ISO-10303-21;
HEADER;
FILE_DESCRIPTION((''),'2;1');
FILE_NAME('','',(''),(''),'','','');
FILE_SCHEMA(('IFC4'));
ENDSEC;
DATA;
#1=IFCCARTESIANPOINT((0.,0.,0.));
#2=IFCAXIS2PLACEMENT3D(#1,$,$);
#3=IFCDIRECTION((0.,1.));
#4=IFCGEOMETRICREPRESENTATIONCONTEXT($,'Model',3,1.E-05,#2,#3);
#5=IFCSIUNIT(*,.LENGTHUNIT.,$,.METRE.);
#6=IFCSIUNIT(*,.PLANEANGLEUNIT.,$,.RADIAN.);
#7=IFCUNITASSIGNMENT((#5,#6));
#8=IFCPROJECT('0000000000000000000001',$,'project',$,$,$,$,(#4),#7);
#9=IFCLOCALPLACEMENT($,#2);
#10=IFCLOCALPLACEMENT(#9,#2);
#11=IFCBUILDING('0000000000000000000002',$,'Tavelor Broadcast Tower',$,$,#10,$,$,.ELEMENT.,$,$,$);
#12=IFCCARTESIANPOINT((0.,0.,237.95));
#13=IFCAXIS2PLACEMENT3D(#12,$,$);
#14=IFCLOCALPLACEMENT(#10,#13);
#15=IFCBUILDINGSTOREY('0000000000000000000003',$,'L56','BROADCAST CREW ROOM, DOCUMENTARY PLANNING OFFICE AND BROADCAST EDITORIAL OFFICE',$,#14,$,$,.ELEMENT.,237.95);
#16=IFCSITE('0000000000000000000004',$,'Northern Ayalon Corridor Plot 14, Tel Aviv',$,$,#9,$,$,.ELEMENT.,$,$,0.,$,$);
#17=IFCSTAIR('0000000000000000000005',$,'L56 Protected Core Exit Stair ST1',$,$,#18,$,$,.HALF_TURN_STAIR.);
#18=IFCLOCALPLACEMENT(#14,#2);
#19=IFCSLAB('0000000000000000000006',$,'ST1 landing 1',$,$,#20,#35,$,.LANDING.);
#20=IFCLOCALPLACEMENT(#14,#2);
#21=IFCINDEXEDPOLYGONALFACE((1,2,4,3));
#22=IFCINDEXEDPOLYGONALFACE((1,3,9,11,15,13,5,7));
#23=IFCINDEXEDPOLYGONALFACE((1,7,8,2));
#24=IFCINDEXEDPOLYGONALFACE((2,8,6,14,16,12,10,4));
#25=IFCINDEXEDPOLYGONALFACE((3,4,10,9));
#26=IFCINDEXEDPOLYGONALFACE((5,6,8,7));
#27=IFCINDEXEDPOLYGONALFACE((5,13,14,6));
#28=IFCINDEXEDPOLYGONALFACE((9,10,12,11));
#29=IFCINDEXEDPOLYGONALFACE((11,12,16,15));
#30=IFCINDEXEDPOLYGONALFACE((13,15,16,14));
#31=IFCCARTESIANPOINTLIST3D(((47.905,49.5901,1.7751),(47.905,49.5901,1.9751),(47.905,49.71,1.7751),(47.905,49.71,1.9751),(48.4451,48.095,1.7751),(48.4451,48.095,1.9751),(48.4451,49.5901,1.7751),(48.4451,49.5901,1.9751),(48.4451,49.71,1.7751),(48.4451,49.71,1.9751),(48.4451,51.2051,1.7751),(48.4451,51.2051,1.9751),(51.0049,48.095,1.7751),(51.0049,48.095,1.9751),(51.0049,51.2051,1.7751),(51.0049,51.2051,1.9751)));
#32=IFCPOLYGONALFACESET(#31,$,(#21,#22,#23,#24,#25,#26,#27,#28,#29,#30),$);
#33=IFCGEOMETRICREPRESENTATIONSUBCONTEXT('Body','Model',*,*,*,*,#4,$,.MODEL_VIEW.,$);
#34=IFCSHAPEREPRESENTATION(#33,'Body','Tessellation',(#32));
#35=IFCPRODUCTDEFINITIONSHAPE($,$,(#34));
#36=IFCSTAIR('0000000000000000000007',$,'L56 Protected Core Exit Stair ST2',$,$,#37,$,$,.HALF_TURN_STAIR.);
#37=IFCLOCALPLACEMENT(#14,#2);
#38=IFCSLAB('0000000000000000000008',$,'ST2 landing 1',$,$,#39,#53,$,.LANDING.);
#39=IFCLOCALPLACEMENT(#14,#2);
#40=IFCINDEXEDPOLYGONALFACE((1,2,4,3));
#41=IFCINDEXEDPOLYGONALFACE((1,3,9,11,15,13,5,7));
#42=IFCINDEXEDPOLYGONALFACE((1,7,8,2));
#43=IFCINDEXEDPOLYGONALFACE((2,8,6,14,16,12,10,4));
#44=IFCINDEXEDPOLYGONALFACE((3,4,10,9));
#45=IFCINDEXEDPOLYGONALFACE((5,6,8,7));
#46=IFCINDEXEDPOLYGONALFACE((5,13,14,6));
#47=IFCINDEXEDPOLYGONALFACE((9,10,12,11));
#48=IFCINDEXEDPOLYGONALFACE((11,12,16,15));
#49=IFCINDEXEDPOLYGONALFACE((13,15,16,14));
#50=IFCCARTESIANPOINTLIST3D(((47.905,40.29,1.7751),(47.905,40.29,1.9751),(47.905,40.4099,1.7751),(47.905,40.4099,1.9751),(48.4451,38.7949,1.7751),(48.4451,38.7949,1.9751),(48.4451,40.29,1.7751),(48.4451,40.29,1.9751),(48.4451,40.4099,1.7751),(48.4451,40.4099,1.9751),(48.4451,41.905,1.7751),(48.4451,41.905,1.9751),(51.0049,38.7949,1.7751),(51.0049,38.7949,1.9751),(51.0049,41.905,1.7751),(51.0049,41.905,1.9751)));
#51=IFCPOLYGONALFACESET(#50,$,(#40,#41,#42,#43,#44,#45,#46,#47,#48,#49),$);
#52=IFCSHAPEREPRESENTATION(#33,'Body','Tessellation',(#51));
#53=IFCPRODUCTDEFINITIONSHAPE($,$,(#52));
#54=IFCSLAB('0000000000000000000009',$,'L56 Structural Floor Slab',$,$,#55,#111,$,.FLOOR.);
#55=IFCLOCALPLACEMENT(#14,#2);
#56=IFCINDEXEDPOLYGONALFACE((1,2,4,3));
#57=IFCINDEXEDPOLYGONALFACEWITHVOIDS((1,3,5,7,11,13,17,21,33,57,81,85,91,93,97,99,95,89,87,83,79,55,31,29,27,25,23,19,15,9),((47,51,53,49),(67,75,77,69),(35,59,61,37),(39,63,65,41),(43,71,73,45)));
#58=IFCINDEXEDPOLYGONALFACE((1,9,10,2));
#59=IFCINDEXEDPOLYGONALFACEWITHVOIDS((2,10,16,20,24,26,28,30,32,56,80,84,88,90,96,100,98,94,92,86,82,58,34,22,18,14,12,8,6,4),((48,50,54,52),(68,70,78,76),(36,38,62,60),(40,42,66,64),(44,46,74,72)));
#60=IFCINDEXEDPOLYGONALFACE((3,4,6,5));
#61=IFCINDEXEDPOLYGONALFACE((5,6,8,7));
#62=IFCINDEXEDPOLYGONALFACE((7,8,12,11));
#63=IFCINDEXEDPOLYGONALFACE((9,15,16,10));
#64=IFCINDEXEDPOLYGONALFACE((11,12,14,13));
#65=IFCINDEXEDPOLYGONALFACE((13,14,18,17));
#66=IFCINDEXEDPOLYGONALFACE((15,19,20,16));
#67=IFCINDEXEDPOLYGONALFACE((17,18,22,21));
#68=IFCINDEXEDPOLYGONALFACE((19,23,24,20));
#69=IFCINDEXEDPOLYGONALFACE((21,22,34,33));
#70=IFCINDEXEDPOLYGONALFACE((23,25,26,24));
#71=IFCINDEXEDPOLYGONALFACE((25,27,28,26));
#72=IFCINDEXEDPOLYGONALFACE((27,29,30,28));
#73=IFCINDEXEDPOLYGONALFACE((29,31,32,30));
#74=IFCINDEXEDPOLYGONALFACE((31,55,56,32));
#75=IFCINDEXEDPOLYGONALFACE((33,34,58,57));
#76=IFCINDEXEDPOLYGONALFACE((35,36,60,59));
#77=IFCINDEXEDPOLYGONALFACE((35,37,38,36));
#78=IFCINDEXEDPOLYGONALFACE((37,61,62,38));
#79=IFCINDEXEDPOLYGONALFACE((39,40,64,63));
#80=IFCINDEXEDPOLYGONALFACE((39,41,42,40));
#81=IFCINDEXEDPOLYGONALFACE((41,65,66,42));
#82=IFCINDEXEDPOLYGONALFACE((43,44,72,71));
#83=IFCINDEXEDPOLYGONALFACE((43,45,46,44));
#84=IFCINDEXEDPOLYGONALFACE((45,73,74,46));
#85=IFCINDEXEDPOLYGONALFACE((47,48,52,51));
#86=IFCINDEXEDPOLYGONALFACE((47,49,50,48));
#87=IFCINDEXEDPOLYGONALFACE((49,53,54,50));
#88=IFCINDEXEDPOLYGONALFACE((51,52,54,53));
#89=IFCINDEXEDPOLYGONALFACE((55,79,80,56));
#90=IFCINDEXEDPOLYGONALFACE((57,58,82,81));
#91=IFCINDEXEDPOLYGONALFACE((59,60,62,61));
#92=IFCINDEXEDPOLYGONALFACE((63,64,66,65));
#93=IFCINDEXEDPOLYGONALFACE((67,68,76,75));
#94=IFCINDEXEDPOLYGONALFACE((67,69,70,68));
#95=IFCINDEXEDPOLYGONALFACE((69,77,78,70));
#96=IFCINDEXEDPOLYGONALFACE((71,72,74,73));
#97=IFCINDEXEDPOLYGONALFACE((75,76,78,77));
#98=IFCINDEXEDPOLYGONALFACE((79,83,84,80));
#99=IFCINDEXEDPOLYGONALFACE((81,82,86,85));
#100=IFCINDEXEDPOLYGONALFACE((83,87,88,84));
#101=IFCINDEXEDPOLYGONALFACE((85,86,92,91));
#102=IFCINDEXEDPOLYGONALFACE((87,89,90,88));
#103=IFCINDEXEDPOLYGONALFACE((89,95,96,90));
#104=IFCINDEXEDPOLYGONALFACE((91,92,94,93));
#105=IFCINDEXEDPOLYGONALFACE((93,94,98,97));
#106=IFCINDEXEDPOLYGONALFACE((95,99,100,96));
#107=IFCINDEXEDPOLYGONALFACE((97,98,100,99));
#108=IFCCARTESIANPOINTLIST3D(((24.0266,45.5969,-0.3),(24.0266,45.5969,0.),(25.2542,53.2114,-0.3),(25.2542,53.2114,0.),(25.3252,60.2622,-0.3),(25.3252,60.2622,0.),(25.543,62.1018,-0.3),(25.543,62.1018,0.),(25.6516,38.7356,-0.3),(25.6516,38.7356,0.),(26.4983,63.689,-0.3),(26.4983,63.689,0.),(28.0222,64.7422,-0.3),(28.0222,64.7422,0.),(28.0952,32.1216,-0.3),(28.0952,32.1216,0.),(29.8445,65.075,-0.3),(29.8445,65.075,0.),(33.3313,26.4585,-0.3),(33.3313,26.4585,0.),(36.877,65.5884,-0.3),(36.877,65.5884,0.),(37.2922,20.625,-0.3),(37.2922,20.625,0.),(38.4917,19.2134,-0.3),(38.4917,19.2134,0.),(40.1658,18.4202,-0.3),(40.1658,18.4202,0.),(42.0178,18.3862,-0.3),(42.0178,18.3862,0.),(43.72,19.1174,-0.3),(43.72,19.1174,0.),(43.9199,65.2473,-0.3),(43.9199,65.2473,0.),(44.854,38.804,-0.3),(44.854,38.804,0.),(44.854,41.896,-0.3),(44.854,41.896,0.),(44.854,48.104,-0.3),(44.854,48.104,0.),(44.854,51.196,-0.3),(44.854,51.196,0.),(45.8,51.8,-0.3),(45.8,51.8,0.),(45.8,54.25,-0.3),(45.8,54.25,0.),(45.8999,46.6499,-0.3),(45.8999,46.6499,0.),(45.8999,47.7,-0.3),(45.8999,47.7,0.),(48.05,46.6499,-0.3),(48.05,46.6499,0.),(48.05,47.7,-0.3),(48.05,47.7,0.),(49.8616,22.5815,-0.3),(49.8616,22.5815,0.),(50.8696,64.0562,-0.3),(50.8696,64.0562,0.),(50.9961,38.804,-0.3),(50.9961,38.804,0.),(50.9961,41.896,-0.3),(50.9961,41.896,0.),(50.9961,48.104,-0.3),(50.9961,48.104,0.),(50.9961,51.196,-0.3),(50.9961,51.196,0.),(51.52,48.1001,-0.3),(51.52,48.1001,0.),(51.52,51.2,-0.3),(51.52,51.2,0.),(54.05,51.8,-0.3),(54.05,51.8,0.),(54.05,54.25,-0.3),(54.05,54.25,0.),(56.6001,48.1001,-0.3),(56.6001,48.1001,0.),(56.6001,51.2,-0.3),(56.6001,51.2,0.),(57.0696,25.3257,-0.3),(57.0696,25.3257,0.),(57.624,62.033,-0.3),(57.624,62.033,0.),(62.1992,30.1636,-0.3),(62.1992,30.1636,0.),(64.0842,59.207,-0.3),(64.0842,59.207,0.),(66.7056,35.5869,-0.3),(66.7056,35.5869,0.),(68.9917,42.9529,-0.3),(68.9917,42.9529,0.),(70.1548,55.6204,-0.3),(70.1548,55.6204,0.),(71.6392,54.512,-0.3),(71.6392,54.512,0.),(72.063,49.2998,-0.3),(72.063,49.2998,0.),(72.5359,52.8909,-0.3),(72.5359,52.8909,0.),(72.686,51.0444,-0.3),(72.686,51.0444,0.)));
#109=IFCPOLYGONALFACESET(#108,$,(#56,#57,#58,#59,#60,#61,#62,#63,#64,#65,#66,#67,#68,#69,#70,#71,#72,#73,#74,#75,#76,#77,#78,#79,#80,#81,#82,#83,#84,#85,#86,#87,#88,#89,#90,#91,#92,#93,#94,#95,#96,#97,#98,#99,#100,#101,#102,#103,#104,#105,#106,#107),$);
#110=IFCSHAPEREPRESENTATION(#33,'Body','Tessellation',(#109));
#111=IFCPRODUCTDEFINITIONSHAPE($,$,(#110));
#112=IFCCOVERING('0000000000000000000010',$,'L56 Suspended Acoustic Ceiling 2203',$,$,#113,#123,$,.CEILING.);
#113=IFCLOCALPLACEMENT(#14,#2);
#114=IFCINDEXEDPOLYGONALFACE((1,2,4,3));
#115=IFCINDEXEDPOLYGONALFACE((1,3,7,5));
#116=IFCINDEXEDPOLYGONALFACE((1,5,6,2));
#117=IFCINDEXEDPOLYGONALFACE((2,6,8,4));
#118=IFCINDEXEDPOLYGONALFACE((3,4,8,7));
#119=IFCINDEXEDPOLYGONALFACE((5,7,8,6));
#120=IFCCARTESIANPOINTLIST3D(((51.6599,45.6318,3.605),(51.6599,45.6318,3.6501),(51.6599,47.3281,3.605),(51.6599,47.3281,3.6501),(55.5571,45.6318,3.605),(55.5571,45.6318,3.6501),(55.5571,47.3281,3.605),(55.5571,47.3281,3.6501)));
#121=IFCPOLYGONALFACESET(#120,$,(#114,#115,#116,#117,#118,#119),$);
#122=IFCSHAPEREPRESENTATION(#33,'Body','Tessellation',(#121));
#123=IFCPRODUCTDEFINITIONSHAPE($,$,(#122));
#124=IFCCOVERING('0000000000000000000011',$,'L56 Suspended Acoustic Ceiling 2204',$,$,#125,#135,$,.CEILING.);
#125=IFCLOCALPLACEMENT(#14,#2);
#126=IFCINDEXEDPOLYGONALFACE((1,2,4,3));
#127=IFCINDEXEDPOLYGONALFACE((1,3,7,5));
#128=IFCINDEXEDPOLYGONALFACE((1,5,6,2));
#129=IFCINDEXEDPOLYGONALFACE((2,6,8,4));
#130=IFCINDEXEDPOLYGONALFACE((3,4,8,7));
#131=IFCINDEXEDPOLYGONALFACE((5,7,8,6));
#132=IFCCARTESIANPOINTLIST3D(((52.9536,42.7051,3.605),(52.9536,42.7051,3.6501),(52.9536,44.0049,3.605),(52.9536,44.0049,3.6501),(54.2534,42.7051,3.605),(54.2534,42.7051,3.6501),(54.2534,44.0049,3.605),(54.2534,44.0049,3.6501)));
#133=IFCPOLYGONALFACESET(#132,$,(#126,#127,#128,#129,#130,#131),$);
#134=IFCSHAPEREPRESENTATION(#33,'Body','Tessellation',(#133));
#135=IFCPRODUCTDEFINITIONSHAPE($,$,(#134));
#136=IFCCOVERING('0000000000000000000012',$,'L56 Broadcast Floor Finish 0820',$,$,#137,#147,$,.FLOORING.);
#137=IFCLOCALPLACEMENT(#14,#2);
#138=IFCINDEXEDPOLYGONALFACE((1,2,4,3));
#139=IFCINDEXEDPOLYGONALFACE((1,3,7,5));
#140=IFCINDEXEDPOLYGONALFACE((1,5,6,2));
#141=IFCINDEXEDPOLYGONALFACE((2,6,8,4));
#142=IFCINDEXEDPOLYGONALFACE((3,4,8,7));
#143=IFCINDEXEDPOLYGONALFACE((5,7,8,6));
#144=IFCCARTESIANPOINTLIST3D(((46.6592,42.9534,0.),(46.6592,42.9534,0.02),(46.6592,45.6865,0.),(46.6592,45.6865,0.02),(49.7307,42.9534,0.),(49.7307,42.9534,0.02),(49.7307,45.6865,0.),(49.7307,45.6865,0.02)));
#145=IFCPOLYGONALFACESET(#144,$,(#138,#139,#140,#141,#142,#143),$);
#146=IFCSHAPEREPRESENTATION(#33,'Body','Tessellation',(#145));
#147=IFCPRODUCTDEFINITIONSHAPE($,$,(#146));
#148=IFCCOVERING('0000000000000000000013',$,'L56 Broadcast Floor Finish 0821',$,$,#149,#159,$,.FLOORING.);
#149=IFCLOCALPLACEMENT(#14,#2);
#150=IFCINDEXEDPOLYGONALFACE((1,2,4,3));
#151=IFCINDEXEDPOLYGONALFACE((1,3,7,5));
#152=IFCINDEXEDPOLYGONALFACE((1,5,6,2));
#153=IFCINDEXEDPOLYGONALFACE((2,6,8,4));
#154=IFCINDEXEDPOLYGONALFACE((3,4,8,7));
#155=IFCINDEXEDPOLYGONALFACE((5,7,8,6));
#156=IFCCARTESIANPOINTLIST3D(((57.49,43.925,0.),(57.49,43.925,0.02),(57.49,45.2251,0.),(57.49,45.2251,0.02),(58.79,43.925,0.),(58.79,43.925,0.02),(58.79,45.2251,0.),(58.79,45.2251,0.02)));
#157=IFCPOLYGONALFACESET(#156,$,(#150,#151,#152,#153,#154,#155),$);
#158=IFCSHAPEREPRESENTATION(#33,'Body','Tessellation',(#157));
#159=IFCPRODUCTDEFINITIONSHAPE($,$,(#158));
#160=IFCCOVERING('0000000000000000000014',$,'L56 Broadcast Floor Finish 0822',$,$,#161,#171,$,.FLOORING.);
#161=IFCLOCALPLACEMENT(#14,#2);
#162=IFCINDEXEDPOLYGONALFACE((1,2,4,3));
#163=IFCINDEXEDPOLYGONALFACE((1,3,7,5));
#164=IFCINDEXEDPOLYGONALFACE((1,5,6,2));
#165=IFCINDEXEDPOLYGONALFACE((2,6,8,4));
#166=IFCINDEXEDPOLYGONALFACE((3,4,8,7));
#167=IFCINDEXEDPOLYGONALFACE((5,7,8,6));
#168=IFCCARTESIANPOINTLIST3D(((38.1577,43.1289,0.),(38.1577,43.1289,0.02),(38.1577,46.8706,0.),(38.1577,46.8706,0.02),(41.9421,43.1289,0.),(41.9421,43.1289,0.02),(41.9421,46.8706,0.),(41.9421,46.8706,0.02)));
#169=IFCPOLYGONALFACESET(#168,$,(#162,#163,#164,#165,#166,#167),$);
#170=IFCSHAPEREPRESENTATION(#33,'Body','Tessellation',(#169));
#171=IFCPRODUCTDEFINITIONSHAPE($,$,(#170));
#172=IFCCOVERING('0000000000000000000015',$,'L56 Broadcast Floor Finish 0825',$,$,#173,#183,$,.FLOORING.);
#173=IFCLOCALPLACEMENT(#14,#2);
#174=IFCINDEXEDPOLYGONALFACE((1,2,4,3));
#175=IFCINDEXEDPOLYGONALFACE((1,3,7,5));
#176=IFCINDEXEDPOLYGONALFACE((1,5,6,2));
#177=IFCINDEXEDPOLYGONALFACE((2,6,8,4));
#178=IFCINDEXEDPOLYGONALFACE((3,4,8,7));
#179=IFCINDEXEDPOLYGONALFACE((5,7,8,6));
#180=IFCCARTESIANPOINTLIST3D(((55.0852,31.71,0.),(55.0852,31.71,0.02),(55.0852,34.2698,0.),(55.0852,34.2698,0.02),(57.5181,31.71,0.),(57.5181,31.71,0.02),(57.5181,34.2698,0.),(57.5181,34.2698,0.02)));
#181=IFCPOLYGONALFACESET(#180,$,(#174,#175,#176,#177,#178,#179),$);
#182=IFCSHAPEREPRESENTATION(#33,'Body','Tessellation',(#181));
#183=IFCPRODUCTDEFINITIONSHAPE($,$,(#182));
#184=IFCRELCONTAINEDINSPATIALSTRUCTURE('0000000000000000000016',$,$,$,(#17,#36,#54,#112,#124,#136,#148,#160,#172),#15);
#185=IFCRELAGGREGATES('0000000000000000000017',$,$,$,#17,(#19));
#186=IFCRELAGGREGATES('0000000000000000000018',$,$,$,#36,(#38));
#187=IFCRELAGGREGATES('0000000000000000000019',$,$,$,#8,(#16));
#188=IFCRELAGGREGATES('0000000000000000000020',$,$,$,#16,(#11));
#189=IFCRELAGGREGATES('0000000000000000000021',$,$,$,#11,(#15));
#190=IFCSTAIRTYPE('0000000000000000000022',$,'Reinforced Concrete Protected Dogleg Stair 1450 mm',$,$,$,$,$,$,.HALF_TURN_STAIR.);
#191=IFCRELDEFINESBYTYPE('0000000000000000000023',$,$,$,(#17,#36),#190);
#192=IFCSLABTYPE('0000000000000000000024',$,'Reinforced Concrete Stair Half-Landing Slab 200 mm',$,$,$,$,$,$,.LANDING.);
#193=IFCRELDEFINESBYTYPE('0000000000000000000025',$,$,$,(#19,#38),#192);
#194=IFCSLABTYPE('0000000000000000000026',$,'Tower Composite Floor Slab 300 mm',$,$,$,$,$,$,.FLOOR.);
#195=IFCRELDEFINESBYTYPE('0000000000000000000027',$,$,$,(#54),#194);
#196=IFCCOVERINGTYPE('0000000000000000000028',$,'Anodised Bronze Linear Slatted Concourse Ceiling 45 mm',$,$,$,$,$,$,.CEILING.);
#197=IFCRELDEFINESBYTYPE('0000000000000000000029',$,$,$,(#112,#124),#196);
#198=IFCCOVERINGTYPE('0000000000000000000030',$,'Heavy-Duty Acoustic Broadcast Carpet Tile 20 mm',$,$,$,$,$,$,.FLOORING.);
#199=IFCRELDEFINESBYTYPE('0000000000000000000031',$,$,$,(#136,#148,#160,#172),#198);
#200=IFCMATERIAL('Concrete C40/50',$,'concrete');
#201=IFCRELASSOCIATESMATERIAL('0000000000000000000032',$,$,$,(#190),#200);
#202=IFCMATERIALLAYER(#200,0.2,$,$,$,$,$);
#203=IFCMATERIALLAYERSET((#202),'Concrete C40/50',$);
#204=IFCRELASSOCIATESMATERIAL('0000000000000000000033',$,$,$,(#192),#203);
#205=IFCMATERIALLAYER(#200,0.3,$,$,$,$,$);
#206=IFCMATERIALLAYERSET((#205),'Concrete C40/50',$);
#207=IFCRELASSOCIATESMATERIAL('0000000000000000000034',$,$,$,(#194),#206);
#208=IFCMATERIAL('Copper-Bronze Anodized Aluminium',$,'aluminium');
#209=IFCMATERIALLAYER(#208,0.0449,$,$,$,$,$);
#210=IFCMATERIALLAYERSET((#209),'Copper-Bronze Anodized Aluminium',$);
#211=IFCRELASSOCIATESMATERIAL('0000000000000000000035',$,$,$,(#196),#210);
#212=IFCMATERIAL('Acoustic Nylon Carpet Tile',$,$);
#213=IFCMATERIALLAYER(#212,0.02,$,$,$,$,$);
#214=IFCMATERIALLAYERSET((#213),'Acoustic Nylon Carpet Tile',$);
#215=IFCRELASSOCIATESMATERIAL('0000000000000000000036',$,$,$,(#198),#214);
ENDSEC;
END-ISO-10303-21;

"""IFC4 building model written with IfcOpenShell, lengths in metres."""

from ifc_helpers import new_model, si_unit, direction, frame, origin, place, context, subcontext, project, spatial, polyline, outline, extrude, material, layer, layer_set, type_object, element, aggregate, save


model = new_model("IFC4")

# Units and contexts
model_context = context("Model", 3, precision=1e-05, world=origin(), true_north=direction((0.0, 1.0)))
body_context = subcontext(model_context, "Body", "Model", "MODEL_VIEW")
ifc_project = project(units=[si_unit("LENGTHUNIT", "METRE"), si_unit("PLANEANGLEUNIT", "RADIAN")], contexts=[model_context])

# Site, building, storey
site_placement = place(None, origin())
site = spatial("IfcSite", under=ifc_project, at=site_placement, Name="Northern Ayalon Corridor Plot 14, Tel Aviv", CompositionType="ELEMENT", RefElevation=0.0)
building_placement = place(site_placement, origin())
building = spatial("IfcBuilding", under=site, at=building_placement, Name="Tavelor Broadcast Tower", CompositionType="ELEMENT")
storey_placement = place(building_placement, frame((0.0, 0.0, 237.95)))
storey = spatial("IfcBuildingStorey", under=building, at=storey_placement, Name="L56", Description="BROADCAST CREW ROOM, DOCUMENTARY PLANNING OFFICE AND BROADCAST EDITORIAL OFFICE", CompositionType="ELEMENT", Elevation=237.95)

# Stairs, slabs
ifc_material_1 = material(Name="Concrete C40/50", Category="concrete")
stair_type = type_object("IfcStairType", Name="Reinforced Concrete Protected Dogleg Stair 1450 mm", PredefinedType="HALF_TURN_STAIR", material=ifc_material_1)
stair_1_placement = place(storey_placement, origin())
stair_1 = element("IfcStair", 1, at=stair_1_placement, inside=storey, type_object=stair_type, Name="L56 Protected Core Exit Stair ST1", PredefinedType="HALF_TURN_STAIR")
ifc_layer_1 = layer(ifc_material_1, 0.2)
ifc_layer_set_1 = layer_set([ifc_layer_1], Name="Concrete C40/50")
slab_type_1 = type_object("IfcSlabType", Name="Reinforced Concrete Stair Half-Landing Slab 200 mm", PredefinedType="LANDING", material=ifc_layer_set_1)
slab_1_placement = place(storey_placement, frame((0.0, 0.0, 1.7751)))
slab_1 = element("IfcSlab", 2, at=slab_1_placement, type_object=slab_type_1, Name="ST1 landing 1", PredefinedType="LANDING", context=body_context, shape_type="SweptSolid", body=[
    extrude(outline(polyline([(48.4451, 49.5901), (48.4451, 48.095), (51.0049, 48.095), (51.0049, 51.2051), (48.4451, 51.2051), (48.4451, 49.71), (47.905, 49.71), (47.905, 49.5901), (48.4451, 49.5901)])), origin(), (0.0, 0.0, 1.0), 0.2),
])
aggregate(stair_1, [slab_1])
stair_2_placement = place(storey_placement, origin())
stair_2 = element("IfcStair", 3, at=stair_2_placement, inside=storey, type_object=stair_type, Name="L56 Protected Core Exit Stair ST2", PredefinedType="HALF_TURN_STAIR")
slab_2_placement = place(storey_placement, frame((0.0, 0.0, 1.7751)))
slab_2 = element("IfcSlab", 4, at=slab_2_placement, type_object=slab_type_1, Name="ST2 landing 1", PredefinedType="LANDING", context=body_context, shape_type="SweptSolid", body=[
    extrude(outline(polyline([(48.4451, 40.29), (48.4451, 38.7949), (51.0049, 38.7949), (51.0049, 41.905), (48.4451, 41.905), (48.4451, 40.4099), (47.905, 40.4099), (47.905, 40.29), (48.4451, 40.29)])), origin(), (0.0, 0.0, 1.0), 0.2),
])
aggregate(stair_2, [slab_2])

# Slab
ifc_layer_2 = layer(ifc_material_1, 0.3)
ifc_layer_set_2 = layer_set([ifc_layer_2], Name="Concrete C40/50")
slab_type_2 = type_object("IfcSlabType", Name="Tower Composite Floor Slab 300 mm", PredefinedType="FLOOR", material=ifc_layer_set_2)
slab_3_placement = place(storey_placement, frame((0.0, 0.0, -0.3)))
element("IfcSlab", 5, at=slab_3_placement, inside=storey, type_object=slab_type_2, Name="L56 Structural Floor Slab", PredefinedType="FLOOR", context=body_context, shape_type="SweptSolid", body=[
    extrude(outline(polyline([(29.8445, 65.075), (28.0222, 64.7422), (26.4983, 63.689), (25.543, 62.1018), (25.3252, 60.2622), (25.2542, 53.2114), (24.0266, 45.5969), (25.6516, 38.7356), (28.0952, 32.1216), (33.3313, 26.4585), (37.2922, 20.625), (38.4917, 19.2134), (40.1658, 18.4202), (42.0178, 18.3862), (43.72, 19.1174), (49.8616, 22.5815), (57.0696, 25.3257), (62.1992, 30.1636), (66.7056, 35.5869), (68.9917, 42.9529), (72.063, 49.2998), (72.686, 51.0444), (72.5359, 52.8909), (71.6392, 54.512), (70.1548, 55.6204), (64.0842, 59.207), (57.624, 62.033), (50.8696, 64.0562), (43.9199, 65.2473), (36.877, 65.5884), (29.8445, 65.075)]), holes=[polyline([(50.9961, 41.896), (50.9961, 38.804), (44.854, 38.804), (44.854, 41.896), (50.9961, 41.896)]), polyline([(48.05, 47.7), (48.05, 46.6499), (45.8999, 46.6499), (45.8999, 47.7), (48.05, 47.7)]), polyline([(50.9961, 51.196), (50.9961, 48.104), (44.854, 48.104), (44.854, 51.196), (50.9961, 51.196)]), polyline([(56.6001, 48.1001), (51.52, 48.1001), (51.52, 51.2), (56.6001, 51.2), (56.6001, 48.1001)]), polyline([(54.05, 51.8), (45.8, 51.8), (45.8, 54.25), (54.05, 54.25), (54.05, 51.8)])]), origin(), (0.0, 0.0, 1.0), 0.3),
])

# Coverings
ifc_material_2 = material(Name="Copper-Bronze Anodized Aluminium", Category="aluminium")
ifc_layer_3 = layer(ifc_material_2, 0.0449)
ifc_layer_set_3 = layer_set([ifc_layer_3], Name="Copper-Bronze Anodized Aluminium")
covering_type_1 = type_object("IfcCoveringType", Name="Anodised Bronze Linear Slatted Concourse Ceiling 45 mm", PredefinedType="CEILING", material=ifc_layer_set_3)
covering_1_placement = place(storey_placement, frame((0.0, 0.0, 3.605)))
element("IfcCovering", 6, at=covering_1_placement, inside=storey, type_object=covering_type_1, Name="L56 Suspended Acoustic Ceiling 2203", PredefinedType="CEILING", context=body_context, shape_type="SweptSolid", body=[
    extrude(outline(polyline([(51.6599, 45.6318), (55.5571, 45.6318), (55.5571, 47.3281), (51.6599, 47.3281), (51.6599, 45.6318)])), origin(), (0.0, 0.0, 1.0), 0.0452),
])
covering_2_placement = place(storey_placement, frame((0.0, 0.0, 3.605)))
element("IfcCovering", 7, at=covering_2_placement, inside=storey, type_object=covering_type_1, Name="L56 Suspended Acoustic Ceiling 2204", PredefinedType="CEILING", context=body_context, shape_type="SweptSolid", body=[
    extrude(outline(polyline([(52.9536, 42.7051), (54.2534, 42.7051), (54.2534, 44.0049), (52.9536, 44.0049), (52.9536, 42.7051)])), origin(), (0.0, 0.0, 1.0), 0.0452),
])
ifc_material_3 = material(Name="Acoustic Nylon Carpet Tile")
ifc_layer_4 = layer(ifc_material_3, 0.02)
ifc_layer_set_4 = layer_set([ifc_layer_4], Name="Acoustic Nylon Carpet Tile")
covering_type_2 = type_object("IfcCoveringType", Name="Heavy-Duty Acoustic Broadcast Carpet Tile 20 mm", PredefinedType="FLOORING", material=ifc_layer_set_4)
covering_3_placement = place(storey_placement, origin())
element("IfcCovering", 8, at=covering_3_placement, inside=storey, type_object=covering_type_2, Name="L56 Broadcast Floor Finish 0820", PredefinedType="FLOORING", context=body_context, shape_type="SweptSolid", body=[
    extrude(outline(polyline([(46.6592, 42.9534), (49.7307, 42.9534), (49.7307, 45.6865), (46.6592, 45.6865), (46.6592, 42.9534)])), origin(), (0.0, 0.0, 1.0), 0.02),
])
covering_4_placement = place(storey_placement, origin())
element("IfcCovering", 9, at=covering_4_placement, inside=storey, type_object=covering_type_2, Name="L56 Broadcast Floor Finish 0821", PredefinedType="FLOORING", context=body_context, shape_type="SweptSolid", body=[
    extrude(outline(polyline([(57.49, 43.925), (58.79, 43.925), (58.79, 45.2251), (57.49, 45.2251), (57.49, 43.925)])), origin(), (0.0, 0.0, 1.0), 0.02),
])
covering_5_placement = place(storey_placement, origin())
element("IfcCovering", 10, at=covering_5_placement, inside=storey, type_object=covering_type_2, Name="L56 Broadcast Floor Finish 0822", PredefinedType="FLOORING", context=body_context, shape_type="SweptSolid", body=[
    extrude(outline(polyline([(38.1577, 43.1289), (41.9421, 43.1289), (41.9421, 46.8706), (38.1577, 46.8706), (38.1577, 43.1289)])), origin(), (0.0, 0.0, 1.0), 0.02),
])
covering_6_placement = place(storey_placement, origin())
element("IfcCovering", 11, at=covering_6_placement, inside=storey, type_object=covering_type_2, Name="L56 Broadcast Floor Finish 0825", PredefinedType="FLOORING", context=body_context, shape_type="SweptSolid", body=[
    extrude(outline(polyline([(55.0852, 31.71), (57.5181, 31.71), (57.5181, 34.2698), (55.0852, 34.2698), (55.0852, 31.71)])), origin(), (0.0, 0.0, 1.0), 0.02),
])

save(model, "model.ifc")
